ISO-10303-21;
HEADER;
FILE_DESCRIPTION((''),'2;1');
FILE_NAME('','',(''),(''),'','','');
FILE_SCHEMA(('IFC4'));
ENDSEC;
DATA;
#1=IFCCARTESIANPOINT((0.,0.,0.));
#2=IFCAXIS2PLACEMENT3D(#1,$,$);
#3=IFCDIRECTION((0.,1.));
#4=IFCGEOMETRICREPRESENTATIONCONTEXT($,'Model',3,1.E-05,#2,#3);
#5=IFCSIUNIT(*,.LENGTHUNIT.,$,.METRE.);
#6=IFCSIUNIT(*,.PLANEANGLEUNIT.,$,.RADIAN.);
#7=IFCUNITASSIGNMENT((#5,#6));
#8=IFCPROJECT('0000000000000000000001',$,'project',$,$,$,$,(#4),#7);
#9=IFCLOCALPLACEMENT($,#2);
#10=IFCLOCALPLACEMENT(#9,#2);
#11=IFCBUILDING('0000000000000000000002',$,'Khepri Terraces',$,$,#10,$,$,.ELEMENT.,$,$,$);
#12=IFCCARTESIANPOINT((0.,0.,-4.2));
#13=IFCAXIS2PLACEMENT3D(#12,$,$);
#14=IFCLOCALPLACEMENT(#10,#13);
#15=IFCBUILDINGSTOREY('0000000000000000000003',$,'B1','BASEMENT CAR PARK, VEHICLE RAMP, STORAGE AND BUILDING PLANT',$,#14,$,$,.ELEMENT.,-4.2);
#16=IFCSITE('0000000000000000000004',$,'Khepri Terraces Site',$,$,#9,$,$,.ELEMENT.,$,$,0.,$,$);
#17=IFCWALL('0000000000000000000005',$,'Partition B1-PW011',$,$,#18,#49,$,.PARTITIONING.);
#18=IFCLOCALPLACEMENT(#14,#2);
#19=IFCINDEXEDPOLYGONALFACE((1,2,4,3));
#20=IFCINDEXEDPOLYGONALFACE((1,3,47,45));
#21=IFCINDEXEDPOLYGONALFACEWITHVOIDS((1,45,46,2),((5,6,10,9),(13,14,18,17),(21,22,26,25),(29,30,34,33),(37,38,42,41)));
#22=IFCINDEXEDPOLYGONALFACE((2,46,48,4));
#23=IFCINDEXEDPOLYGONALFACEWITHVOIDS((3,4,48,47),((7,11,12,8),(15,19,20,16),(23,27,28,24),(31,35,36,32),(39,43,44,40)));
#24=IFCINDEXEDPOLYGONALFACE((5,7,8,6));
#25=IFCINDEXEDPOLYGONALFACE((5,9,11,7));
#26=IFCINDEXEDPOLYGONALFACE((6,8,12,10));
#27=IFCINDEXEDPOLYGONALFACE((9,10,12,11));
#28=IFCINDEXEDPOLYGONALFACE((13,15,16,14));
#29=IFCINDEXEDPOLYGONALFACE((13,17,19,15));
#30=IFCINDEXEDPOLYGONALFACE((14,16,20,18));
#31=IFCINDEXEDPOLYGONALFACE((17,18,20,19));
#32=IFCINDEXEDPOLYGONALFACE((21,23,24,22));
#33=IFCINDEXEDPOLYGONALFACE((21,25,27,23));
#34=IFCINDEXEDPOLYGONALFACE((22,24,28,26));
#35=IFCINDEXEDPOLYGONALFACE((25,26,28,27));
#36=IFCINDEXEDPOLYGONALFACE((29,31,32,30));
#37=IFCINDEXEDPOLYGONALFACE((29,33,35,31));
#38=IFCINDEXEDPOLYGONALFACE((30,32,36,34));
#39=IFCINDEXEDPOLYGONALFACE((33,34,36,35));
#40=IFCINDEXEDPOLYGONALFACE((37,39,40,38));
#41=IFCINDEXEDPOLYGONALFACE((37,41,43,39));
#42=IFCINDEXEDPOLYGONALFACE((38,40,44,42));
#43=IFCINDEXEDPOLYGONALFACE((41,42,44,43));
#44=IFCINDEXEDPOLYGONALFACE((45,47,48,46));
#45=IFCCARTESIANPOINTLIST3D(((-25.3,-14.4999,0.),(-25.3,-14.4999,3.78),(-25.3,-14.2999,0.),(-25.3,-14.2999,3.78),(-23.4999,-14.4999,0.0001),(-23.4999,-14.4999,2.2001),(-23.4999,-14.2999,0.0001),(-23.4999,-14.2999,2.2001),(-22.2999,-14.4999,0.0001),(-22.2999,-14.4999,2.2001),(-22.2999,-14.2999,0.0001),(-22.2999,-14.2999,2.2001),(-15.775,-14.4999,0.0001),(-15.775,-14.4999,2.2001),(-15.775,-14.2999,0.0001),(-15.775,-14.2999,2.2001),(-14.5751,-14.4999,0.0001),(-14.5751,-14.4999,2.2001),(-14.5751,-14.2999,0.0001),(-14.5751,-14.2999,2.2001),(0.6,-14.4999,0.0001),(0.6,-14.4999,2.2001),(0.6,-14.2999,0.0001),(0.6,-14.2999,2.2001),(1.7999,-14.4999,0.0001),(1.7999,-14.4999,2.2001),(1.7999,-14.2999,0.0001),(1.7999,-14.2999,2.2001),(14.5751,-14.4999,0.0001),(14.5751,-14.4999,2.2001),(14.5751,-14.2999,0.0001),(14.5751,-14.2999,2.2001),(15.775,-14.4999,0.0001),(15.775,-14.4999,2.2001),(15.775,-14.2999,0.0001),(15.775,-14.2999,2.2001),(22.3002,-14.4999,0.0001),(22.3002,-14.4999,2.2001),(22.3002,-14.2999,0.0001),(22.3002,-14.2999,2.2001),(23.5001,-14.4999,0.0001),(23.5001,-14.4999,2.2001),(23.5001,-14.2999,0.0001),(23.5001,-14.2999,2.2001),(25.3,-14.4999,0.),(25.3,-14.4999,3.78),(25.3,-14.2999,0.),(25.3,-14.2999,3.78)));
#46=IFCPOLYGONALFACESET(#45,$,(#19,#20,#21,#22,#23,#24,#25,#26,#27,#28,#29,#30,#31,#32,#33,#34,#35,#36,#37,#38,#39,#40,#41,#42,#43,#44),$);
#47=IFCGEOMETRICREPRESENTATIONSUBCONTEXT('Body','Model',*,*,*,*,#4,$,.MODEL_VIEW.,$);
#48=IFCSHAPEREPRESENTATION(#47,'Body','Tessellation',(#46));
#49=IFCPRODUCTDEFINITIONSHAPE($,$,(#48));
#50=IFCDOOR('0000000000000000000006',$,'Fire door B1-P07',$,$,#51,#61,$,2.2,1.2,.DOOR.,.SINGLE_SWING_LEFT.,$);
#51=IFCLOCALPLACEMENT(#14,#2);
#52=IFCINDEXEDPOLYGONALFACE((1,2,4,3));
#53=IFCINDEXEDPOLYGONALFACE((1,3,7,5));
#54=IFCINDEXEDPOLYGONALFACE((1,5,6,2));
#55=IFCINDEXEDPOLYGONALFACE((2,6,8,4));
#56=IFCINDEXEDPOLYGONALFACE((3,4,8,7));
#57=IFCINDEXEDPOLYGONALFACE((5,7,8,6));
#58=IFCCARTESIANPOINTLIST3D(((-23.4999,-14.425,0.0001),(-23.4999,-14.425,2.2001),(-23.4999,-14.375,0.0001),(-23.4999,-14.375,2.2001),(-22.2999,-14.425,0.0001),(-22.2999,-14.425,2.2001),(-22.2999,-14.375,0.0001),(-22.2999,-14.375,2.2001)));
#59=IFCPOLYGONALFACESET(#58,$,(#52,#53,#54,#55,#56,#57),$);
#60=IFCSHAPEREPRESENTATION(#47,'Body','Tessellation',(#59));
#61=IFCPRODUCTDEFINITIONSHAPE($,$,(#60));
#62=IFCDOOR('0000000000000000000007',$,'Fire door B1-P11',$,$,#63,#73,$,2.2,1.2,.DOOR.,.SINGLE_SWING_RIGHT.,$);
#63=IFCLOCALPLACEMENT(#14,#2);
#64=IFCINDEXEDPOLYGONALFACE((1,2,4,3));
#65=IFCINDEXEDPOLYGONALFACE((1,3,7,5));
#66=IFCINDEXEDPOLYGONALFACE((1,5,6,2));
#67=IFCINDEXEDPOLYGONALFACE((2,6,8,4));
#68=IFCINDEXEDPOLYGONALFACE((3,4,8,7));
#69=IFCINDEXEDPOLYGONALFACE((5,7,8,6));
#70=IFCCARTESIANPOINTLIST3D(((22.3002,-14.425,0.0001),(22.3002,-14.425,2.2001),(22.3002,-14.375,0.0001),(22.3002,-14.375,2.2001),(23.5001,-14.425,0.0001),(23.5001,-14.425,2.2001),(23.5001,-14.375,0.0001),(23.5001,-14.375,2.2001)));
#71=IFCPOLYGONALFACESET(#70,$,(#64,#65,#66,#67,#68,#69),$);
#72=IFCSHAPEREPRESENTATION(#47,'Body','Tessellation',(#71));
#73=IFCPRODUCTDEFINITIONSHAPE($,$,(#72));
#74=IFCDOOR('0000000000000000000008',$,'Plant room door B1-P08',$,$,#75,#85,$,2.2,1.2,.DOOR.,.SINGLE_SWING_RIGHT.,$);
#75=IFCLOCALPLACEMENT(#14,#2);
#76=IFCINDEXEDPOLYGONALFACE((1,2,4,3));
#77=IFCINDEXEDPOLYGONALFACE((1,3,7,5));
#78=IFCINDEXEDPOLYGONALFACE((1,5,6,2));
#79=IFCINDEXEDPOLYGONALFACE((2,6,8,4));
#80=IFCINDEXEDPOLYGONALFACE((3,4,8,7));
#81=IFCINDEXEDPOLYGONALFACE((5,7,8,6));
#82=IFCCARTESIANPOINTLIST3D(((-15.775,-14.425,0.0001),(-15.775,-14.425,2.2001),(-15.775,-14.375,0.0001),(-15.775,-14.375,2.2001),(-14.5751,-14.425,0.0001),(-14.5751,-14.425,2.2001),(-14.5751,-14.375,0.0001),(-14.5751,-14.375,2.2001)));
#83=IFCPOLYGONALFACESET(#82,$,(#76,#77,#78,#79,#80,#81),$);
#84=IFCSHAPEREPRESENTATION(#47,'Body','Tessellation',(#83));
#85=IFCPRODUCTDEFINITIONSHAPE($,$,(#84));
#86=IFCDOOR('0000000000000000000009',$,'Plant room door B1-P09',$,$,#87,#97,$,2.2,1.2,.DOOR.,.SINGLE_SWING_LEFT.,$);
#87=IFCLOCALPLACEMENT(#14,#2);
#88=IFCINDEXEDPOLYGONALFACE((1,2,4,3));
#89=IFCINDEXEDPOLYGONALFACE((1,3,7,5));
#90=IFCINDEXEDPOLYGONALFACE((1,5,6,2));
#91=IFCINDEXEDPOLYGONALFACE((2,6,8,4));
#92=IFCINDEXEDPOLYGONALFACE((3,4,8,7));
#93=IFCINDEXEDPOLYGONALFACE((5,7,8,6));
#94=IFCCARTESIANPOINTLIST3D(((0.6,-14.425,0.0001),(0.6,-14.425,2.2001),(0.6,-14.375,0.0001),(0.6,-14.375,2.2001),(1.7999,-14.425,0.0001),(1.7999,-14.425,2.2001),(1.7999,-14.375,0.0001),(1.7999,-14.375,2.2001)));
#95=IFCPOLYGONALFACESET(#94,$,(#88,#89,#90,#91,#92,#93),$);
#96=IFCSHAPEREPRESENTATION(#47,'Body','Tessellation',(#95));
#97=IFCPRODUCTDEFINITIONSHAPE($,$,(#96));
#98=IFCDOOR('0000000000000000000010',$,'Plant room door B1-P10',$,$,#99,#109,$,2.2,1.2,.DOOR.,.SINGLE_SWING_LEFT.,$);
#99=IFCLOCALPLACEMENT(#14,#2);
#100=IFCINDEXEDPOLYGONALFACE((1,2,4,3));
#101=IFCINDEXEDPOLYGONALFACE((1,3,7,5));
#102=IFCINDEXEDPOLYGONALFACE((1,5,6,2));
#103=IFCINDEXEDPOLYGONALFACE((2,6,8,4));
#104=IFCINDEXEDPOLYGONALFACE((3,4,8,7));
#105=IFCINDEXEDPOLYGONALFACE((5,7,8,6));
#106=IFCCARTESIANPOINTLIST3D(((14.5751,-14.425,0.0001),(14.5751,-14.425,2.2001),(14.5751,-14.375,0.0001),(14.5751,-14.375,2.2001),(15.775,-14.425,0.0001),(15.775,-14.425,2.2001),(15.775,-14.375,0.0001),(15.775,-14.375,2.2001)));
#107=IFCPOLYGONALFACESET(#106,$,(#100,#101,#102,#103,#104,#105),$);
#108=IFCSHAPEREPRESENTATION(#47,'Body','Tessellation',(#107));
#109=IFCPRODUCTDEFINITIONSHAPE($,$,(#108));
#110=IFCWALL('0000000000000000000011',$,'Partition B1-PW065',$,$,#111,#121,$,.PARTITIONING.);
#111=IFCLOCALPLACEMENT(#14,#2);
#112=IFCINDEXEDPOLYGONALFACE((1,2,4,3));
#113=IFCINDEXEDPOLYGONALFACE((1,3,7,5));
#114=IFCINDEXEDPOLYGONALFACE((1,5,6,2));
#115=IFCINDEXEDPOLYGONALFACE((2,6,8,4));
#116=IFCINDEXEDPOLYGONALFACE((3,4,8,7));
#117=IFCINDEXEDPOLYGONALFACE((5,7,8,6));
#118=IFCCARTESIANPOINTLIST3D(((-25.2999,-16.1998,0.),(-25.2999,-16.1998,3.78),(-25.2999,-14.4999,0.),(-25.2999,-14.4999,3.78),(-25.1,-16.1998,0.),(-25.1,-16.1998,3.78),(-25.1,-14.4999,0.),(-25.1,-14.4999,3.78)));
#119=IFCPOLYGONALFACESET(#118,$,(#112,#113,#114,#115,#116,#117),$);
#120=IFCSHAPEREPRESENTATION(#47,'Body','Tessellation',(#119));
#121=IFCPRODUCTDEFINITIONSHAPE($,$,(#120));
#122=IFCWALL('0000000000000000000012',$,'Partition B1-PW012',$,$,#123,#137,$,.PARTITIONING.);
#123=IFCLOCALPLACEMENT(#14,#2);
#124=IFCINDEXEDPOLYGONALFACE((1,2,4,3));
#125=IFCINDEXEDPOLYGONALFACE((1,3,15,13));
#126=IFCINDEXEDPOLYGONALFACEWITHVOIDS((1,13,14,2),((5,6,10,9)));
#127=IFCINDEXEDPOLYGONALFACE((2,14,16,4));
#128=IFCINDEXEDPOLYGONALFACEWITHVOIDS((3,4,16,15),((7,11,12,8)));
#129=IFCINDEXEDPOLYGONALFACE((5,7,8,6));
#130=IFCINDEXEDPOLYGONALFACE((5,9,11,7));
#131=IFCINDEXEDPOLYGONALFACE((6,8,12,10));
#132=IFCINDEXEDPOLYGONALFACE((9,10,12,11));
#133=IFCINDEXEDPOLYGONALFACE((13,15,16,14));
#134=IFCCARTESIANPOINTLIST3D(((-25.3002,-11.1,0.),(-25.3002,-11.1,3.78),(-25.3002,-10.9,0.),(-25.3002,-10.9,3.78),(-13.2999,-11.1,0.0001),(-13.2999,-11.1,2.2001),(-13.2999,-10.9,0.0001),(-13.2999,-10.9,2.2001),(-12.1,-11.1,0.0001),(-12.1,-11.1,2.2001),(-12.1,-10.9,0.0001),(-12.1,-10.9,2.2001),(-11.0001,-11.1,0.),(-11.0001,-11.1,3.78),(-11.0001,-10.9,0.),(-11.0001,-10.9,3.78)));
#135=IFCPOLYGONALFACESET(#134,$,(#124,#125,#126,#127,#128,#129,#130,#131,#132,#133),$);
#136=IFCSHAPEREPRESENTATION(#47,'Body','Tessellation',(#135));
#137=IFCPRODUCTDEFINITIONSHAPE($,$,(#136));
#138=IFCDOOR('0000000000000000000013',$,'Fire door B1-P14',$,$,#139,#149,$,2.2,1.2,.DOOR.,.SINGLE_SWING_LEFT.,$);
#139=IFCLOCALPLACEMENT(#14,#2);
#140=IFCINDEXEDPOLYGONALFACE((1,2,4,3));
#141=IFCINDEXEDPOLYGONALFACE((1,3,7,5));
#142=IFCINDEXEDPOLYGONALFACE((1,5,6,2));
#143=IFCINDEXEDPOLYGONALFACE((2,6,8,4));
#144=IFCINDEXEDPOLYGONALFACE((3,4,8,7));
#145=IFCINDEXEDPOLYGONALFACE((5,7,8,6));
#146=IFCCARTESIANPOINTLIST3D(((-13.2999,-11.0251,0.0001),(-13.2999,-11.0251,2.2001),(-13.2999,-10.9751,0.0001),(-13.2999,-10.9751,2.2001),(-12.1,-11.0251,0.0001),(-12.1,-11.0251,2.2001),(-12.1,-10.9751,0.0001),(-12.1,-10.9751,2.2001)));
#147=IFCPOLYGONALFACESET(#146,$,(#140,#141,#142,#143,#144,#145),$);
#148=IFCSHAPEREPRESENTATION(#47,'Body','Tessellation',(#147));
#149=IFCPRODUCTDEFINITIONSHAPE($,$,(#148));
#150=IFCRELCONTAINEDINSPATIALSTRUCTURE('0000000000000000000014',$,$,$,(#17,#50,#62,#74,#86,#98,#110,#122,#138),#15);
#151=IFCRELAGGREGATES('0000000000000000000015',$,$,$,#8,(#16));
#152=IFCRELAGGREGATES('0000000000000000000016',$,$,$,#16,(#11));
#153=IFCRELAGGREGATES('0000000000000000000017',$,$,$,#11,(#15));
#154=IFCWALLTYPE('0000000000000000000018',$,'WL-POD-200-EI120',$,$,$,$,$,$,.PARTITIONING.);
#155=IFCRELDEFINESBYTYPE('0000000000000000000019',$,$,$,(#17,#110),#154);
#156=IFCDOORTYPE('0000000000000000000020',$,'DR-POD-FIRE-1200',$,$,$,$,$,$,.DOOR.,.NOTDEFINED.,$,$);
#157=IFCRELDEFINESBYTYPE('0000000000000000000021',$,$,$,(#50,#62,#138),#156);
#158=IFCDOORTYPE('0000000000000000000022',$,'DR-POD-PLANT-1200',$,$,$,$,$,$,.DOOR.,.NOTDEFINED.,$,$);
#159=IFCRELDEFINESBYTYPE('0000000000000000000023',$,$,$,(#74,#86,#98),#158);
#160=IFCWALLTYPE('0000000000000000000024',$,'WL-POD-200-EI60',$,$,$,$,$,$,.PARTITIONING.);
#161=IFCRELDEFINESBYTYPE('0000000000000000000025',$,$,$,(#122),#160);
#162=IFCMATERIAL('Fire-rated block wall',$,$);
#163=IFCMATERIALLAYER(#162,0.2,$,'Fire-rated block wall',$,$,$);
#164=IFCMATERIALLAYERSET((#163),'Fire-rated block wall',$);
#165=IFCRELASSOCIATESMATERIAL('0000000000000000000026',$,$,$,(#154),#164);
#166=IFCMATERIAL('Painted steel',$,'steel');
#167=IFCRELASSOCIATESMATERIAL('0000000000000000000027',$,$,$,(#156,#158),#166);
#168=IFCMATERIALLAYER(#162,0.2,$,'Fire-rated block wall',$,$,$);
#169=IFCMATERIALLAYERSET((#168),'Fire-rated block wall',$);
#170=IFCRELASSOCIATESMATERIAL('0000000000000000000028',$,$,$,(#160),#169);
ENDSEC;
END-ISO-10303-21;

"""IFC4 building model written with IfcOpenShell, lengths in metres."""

from ifc_helpers import new_model, si_unit, direction, frame, frame_2d, origin, place, context, subcontext, project, spatial, rectangle, extrude, material, layer, layer_set, type_object, element, fill, save


model = new_model("IFC4")

# Units and contexts
model_context = context("Model", 3, precision=1e-05, world=origin(), true_north=direction((0.0, 1.0)))
body_context = subcontext(model_context, "Body", "Model", "MODEL_VIEW")
ifc_project = project(units=[si_unit("LENGTHUNIT", "METRE"), si_unit("PLANEANGLEUNIT", "RADIAN")], contexts=[model_context])

# Site, building, storey
site_placement = place(None, origin())
site = spatial("IfcSite", under=ifc_project, at=site_placement, Name="Khepri Terraces Site", CompositionType="ELEMENT", RefElevation=0.0)
building_placement = place(site_placement, origin())
building = spatial("IfcBuilding", under=site, at=building_placement, Name="Khepri Terraces", CompositionType="ELEMENT")
storey_placement = place(building_placement, frame((0.0, 0.0, -4.2)))
storey = spatial("IfcBuildingStorey", under=building, at=storey_placement, Name="B1", Description="BASEMENT CAR PARK, VEHICLE RAMP, STORAGE AND BUILDING PLANT", CompositionType="ELEMENT", Elevation=-4.2)

# Wall, openings, doors
ifc_material_1 = material(Name="Fire-rated block wall")
ifc_layer_1 = layer(ifc_material_1, 0.2, Name="Fire-rated block wall")
ifc_layer_set_1 = layer_set([ifc_layer_1], Name="Fire-rated block wall")
wall_type_1 = type_object("IfcWallType", Name="WL-POD-200-EI120", PredefinedType="PARTITIONING", material=ifc_layer_set_1)
wall_1_placement = place(storey_placement, frame((-25.3, -14.3999, 0.0), z_axis=(0.0, 0.0, 1.0), x_axis=(1.0, 0.0, 0.0)))
wall_1 = element("IfcWall", 1, at=wall_1_placement, inside=storey, type_object=wall_type_1, Name="Partition B1-PW011", PredefinedType="PARTITIONING", context=body_context, shape_type="SweptSolid", body=[
    extrude(rectangle(XDim=50.6001, YDim=0.2, at=frame_2d((25.3, 0.0))), origin(), (0.0, 0.0, 1.0), 3.78),
])
opening_1_placement = place(wall_1_placement, frame((1.8, 0.0, 0.0)))
opening_1 = element("IfcOpeningElement", 2, at=opening_1_placement, cuts=wall_1, PredefinedType="OPENING", context=body_context, shape_type="SweptSolid", body=[
    extrude(rectangle(XDim=1.2, YDim=2.2, at=frame_2d((0.6001, 1.1001))), frame((0.0, 0.1099, 0.0), z_axis=(0.0, -1.0, 0.0), x_axis=(1.0, 0.0, 0.0)), (0.0, 0.0, 1.0), 0.22),
])
opening_2_placement = place(wall_1_placement, frame((9.5249, 0.0, 0.0)))
opening_2 = element("IfcOpeningElement", 3, at=opening_2_placement, cuts=wall_1, PredefinedType="OPENING", context=body_context, shape_type="SweptSolid", body=[
    extrude(rectangle(XDim=1.2, YDim=2.2, at=frame_2d((0.6001, 1.1001))), frame((0.0, 0.1099, 0.0), z_axis=(0.0, -1.0, 0.0), x_axis=(1.0, 0.0, 0.0)), (0.0, 0.0, 1.0), 0.22),
])
opening_3_placement = place(wall_1_placement, frame((25.8999, 0.0, 0.0)))
opening_3 = element("IfcOpeningElement", 4, at=opening_3_placement, cuts=wall_1, PredefinedType="OPENING", context=body_context, shape_type="SweptSolid", body=[
    extrude(rectangle(XDim=1.2, YDim=2.2, at=frame_2d((0.6001, 1.1001))), frame((0.0, 0.1099, 0.0), z_axis=(0.0, -1.0, 0.0), x_axis=(1.0, 0.0, 0.0)), (0.0, 0.0, 1.0), 0.22),
])
opening_4_placement = place(wall_1_placement, frame((39.875, 0.0, 0.0)))
opening_4 = element("IfcOpeningElement", 5, at=opening_4_placement, cuts=wall_1, PredefinedType="OPENING", context=body_context, shape_type="SweptSolid", body=[
    extrude(rectangle(XDim=1.2, YDim=2.2, at=frame_2d((0.6001, 1.1001))), frame((0.0, 0.1099, 0.0), z_axis=(0.0, -1.0, 0.0), x_axis=(1.0, 0.0, 0.0)), (0.0, 0.0, 1.0), 0.22),
])
opening_5_placement = place(wall_1_placement, frame((47.6001, 0.0, 0.0)))
opening_5 = element("IfcOpeningElement", 6, at=opening_5_placement, cuts=wall_1, PredefinedType="OPENING", context=body_context, shape_type="SweptSolid", body=[
    extrude(rectangle(XDim=1.2, YDim=2.2, at=frame_2d((0.6001, 1.1001))), frame((0.0, 0.1099, 0.0), z_axis=(0.0, -1.0, 0.0), x_axis=(1.0, 0.0, 0.0)), (0.0, 0.0, 1.0), 0.22),
])
ifc_material_2 = material(Name="Painted steel", Category="steel")
door_type_1 = type_object("IfcDoorType", Name="DR-POD-FIRE-1200", OperationType="NOTDEFINED", PredefinedType="DOOR", material=ifc_material_2)
door_1_placement = place(opening_1_placement, origin())
door_1 = element("IfcDoor", 7, at=door_1_placement, inside=storey, type_object=door_type_1, Name="Fire door B1-P07", OperationType="SINGLE_SWING_LEFT", OverallHeight=2.2, OverallWidth=1.2, PredefinedType="DOOR", context=body_context, shape_type="SweptSolid", body=[
    extrude(rectangle(XDim=1.2, YDim=2.2, at=frame_2d((0.6001, 1.1001))), frame((0.0, 0.0249, 0.0), z_axis=(0.0, -1.0, 0.0), x_axis=(1.0, 0.0, 0.0)), (0.0, 0.0, 1.0), 0.05),
])
fill(opening_1, door_1)
door_2_placement = place(opening_5_placement, origin())
door_2 = element("IfcDoor", 8, at=door_2_placement, inside=storey, type_object=door_type_1, Name="Fire door B1-P11", OperationType="SINGLE_SWING_RIGHT", OverallHeight=2.2, OverallWidth=1.2, PredefinedType="DOOR", context=body_context, shape_type="SweptSolid", body=[
    extrude(rectangle(XDim=1.2, YDim=2.2, at=frame_2d((0.6001, 1.1001))), frame((0.0, 0.0249, 0.0), z_axis=(0.0, -1.0, 0.0), x_axis=(1.0, 0.0, 0.0)), (0.0, 0.0, 1.0), 0.05),
])
fill(opening_5, door_2)
door_type_2 = type_object("IfcDoorType", Name="DR-POD-PLANT-1200", OperationType="NOTDEFINED", PredefinedType="DOOR", material=ifc_material_2)
door_3_placement = place(opening_2_placement, origin())
door_3 = element("IfcDoor", 9, at=door_3_placement, inside=storey, type_object=door_type_2, Name="Plant room door B1-P08", OperationType="SINGLE_SWING_RIGHT", OverallHeight=2.2, OverallWidth=1.2, PredefinedType="DOOR", context=body_context, shape_type="SweptSolid", body=[
    extrude(rectangle(XDim=1.2, YDim=2.2, at=frame_2d((0.6001, 1.1001))), frame((0.0, 0.0249, 0.0), z_axis=(0.0, -1.0, 0.0), x_axis=(1.0, 0.0, 0.0)), (0.0, 0.0, 1.0), 0.05),
])
fill(opening_2, door_3)
door_4_placement = place(opening_3_placement, origin())
door_4 = element("IfcDoor", 10, at=door_4_placement, inside=storey, type_object=door_type_2, Name="Plant room door B1-P09", OperationType="SINGLE_SWING_LEFT", OverallHeight=2.2, OverallWidth=1.2, PredefinedType="DOOR", context=body_context, shape_type="SweptSolid", body=[
    extrude(rectangle(XDim=1.2, YDim=2.2, at=frame_2d((0.6001, 1.1001))), frame((0.0, 0.0249, 0.0), z_axis=(0.0, -1.0, 0.0), x_axis=(1.0, 0.0, 0.0)), (0.0, 0.0, 1.0), 0.05),
])
fill(opening_3, door_4)
door_5_placement = place(opening_4_placement, origin())
door_5 = element("IfcDoor", 11, at=door_5_placement, inside=storey, type_object=door_type_2, Name="Plant room door B1-P10", OperationType="SINGLE_SWING_LEFT", OverallHeight=2.2, OverallWidth=1.2, PredefinedType="DOOR", context=body_context, shape_type="SweptSolid", body=[
    extrude(rectangle(XDim=1.2, YDim=2.2, at=frame_2d((0.6001, 1.1001))), frame((0.0, 0.0249, 0.0), z_axis=(0.0, -1.0, 0.0), x_axis=(1.0, 0.0, 0.0)), (0.0, 0.0, 1.0), 0.05),
])
fill(opening_4, door_5)

# Wall
wall_2_placement = place(storey_placement, frame((-25.2, -16.2, 0.0), z_axis=(0.0, 0.0, 1.0), x_axis=(0.0, 1.0, 0.0)))
element("IfcWall", 12, at=wall_2_placement, inside=storey, type_object=wall_type_1, Name="Partition B1-PW065", PredefinedType="PARTITIONING", context=body_context, shape_type="SweptSolid", body=[
    extrude(rectangle(XDim=1.7, YDim=0.2, at=frame_2d((0.8501, 0.0))), origin(), (0.0, 0.0, 1.0), 3.78),
])

# Wall, opening, door
ifc_layer_2 = layer(ifc_material_1, 0.2, Name="Fire-rated block wall")
ifc_layer_set_2 = layer_set([ifc_layer_2], Name="Fire-rated block wall")
wall_type_2 = type_object("IfcWallType", Name="WL-POD-200-EI60", PredefinedType="PARTITIONING", material=ifc_layer_set_2)
wall_3_placement = place(storey_placement, frame((-25.3, -11.0, 0.0), z_axis=(0.0, 0.0, 1.0), x_axis=(1.0, 0.0, 0.0)))
wall_3 = element("IfcWall", 13, at=wall_3_placement, inside=storey, type_object=wall_type_2, Name="Partition B1-PW012", PredefinedType="PARTITIONING", context=body_context, shape_type="SweptSolid", body=[
    extrude(rectangle(XDim=14.3, YDim=0.2, at=frame_2d((7.1499, 0.0))), origin(), (0.0, 0.0, 1.0), 3.78),
])
opening_6_placement = place(wall_3_placement, frame((12.0, 0.0, 0.0)))
opening_6 = element("IfcOpeningElement", 14, at=opening_6_placement, cuts=wall_3, PredefinedType="OPENING", context=body_context, shape_type="SweptSolid", body=[
    extrude(rectangle(XDim=1.2, YDim=2.2, at=frame_2d((0.6001, 1.1001))), frame((0.0, 0.1099, 0.0), z_axis=(0.0, -1.0, 0.0), x_axis=(1.0, 0.0, 0.0)), (0.0, 0.0, 1.0), 0.22),
])
door_6_placement = place(opening_6_placement, origin())
door_6 = element("IfcDoor", 15, at=door_6_placement, inside=storey, type_object=door_type_1, Name="Fire door B1-P14", OperationType="SINGLE_SWING_LEFT", OverallHeight=2.2, OverallWidth=1.2, PredefinedType="DOOR", context=body_context, shape_type="SweptSolid", body=[
    extrude(rectangle(XDim=1.2, YDim=2.2, at=frame_2d((0.6001, 1.1001))), frame((0.0, 0.0249, 0.0), z_axis=(0.0, -1.0, 0.0), x_axis=(1.0, 0.0, 0.0)), (0.0, 0.0, 1.0), 0.05),
])
fill(opening_6, door_6)

save(model, "model.ifc")
